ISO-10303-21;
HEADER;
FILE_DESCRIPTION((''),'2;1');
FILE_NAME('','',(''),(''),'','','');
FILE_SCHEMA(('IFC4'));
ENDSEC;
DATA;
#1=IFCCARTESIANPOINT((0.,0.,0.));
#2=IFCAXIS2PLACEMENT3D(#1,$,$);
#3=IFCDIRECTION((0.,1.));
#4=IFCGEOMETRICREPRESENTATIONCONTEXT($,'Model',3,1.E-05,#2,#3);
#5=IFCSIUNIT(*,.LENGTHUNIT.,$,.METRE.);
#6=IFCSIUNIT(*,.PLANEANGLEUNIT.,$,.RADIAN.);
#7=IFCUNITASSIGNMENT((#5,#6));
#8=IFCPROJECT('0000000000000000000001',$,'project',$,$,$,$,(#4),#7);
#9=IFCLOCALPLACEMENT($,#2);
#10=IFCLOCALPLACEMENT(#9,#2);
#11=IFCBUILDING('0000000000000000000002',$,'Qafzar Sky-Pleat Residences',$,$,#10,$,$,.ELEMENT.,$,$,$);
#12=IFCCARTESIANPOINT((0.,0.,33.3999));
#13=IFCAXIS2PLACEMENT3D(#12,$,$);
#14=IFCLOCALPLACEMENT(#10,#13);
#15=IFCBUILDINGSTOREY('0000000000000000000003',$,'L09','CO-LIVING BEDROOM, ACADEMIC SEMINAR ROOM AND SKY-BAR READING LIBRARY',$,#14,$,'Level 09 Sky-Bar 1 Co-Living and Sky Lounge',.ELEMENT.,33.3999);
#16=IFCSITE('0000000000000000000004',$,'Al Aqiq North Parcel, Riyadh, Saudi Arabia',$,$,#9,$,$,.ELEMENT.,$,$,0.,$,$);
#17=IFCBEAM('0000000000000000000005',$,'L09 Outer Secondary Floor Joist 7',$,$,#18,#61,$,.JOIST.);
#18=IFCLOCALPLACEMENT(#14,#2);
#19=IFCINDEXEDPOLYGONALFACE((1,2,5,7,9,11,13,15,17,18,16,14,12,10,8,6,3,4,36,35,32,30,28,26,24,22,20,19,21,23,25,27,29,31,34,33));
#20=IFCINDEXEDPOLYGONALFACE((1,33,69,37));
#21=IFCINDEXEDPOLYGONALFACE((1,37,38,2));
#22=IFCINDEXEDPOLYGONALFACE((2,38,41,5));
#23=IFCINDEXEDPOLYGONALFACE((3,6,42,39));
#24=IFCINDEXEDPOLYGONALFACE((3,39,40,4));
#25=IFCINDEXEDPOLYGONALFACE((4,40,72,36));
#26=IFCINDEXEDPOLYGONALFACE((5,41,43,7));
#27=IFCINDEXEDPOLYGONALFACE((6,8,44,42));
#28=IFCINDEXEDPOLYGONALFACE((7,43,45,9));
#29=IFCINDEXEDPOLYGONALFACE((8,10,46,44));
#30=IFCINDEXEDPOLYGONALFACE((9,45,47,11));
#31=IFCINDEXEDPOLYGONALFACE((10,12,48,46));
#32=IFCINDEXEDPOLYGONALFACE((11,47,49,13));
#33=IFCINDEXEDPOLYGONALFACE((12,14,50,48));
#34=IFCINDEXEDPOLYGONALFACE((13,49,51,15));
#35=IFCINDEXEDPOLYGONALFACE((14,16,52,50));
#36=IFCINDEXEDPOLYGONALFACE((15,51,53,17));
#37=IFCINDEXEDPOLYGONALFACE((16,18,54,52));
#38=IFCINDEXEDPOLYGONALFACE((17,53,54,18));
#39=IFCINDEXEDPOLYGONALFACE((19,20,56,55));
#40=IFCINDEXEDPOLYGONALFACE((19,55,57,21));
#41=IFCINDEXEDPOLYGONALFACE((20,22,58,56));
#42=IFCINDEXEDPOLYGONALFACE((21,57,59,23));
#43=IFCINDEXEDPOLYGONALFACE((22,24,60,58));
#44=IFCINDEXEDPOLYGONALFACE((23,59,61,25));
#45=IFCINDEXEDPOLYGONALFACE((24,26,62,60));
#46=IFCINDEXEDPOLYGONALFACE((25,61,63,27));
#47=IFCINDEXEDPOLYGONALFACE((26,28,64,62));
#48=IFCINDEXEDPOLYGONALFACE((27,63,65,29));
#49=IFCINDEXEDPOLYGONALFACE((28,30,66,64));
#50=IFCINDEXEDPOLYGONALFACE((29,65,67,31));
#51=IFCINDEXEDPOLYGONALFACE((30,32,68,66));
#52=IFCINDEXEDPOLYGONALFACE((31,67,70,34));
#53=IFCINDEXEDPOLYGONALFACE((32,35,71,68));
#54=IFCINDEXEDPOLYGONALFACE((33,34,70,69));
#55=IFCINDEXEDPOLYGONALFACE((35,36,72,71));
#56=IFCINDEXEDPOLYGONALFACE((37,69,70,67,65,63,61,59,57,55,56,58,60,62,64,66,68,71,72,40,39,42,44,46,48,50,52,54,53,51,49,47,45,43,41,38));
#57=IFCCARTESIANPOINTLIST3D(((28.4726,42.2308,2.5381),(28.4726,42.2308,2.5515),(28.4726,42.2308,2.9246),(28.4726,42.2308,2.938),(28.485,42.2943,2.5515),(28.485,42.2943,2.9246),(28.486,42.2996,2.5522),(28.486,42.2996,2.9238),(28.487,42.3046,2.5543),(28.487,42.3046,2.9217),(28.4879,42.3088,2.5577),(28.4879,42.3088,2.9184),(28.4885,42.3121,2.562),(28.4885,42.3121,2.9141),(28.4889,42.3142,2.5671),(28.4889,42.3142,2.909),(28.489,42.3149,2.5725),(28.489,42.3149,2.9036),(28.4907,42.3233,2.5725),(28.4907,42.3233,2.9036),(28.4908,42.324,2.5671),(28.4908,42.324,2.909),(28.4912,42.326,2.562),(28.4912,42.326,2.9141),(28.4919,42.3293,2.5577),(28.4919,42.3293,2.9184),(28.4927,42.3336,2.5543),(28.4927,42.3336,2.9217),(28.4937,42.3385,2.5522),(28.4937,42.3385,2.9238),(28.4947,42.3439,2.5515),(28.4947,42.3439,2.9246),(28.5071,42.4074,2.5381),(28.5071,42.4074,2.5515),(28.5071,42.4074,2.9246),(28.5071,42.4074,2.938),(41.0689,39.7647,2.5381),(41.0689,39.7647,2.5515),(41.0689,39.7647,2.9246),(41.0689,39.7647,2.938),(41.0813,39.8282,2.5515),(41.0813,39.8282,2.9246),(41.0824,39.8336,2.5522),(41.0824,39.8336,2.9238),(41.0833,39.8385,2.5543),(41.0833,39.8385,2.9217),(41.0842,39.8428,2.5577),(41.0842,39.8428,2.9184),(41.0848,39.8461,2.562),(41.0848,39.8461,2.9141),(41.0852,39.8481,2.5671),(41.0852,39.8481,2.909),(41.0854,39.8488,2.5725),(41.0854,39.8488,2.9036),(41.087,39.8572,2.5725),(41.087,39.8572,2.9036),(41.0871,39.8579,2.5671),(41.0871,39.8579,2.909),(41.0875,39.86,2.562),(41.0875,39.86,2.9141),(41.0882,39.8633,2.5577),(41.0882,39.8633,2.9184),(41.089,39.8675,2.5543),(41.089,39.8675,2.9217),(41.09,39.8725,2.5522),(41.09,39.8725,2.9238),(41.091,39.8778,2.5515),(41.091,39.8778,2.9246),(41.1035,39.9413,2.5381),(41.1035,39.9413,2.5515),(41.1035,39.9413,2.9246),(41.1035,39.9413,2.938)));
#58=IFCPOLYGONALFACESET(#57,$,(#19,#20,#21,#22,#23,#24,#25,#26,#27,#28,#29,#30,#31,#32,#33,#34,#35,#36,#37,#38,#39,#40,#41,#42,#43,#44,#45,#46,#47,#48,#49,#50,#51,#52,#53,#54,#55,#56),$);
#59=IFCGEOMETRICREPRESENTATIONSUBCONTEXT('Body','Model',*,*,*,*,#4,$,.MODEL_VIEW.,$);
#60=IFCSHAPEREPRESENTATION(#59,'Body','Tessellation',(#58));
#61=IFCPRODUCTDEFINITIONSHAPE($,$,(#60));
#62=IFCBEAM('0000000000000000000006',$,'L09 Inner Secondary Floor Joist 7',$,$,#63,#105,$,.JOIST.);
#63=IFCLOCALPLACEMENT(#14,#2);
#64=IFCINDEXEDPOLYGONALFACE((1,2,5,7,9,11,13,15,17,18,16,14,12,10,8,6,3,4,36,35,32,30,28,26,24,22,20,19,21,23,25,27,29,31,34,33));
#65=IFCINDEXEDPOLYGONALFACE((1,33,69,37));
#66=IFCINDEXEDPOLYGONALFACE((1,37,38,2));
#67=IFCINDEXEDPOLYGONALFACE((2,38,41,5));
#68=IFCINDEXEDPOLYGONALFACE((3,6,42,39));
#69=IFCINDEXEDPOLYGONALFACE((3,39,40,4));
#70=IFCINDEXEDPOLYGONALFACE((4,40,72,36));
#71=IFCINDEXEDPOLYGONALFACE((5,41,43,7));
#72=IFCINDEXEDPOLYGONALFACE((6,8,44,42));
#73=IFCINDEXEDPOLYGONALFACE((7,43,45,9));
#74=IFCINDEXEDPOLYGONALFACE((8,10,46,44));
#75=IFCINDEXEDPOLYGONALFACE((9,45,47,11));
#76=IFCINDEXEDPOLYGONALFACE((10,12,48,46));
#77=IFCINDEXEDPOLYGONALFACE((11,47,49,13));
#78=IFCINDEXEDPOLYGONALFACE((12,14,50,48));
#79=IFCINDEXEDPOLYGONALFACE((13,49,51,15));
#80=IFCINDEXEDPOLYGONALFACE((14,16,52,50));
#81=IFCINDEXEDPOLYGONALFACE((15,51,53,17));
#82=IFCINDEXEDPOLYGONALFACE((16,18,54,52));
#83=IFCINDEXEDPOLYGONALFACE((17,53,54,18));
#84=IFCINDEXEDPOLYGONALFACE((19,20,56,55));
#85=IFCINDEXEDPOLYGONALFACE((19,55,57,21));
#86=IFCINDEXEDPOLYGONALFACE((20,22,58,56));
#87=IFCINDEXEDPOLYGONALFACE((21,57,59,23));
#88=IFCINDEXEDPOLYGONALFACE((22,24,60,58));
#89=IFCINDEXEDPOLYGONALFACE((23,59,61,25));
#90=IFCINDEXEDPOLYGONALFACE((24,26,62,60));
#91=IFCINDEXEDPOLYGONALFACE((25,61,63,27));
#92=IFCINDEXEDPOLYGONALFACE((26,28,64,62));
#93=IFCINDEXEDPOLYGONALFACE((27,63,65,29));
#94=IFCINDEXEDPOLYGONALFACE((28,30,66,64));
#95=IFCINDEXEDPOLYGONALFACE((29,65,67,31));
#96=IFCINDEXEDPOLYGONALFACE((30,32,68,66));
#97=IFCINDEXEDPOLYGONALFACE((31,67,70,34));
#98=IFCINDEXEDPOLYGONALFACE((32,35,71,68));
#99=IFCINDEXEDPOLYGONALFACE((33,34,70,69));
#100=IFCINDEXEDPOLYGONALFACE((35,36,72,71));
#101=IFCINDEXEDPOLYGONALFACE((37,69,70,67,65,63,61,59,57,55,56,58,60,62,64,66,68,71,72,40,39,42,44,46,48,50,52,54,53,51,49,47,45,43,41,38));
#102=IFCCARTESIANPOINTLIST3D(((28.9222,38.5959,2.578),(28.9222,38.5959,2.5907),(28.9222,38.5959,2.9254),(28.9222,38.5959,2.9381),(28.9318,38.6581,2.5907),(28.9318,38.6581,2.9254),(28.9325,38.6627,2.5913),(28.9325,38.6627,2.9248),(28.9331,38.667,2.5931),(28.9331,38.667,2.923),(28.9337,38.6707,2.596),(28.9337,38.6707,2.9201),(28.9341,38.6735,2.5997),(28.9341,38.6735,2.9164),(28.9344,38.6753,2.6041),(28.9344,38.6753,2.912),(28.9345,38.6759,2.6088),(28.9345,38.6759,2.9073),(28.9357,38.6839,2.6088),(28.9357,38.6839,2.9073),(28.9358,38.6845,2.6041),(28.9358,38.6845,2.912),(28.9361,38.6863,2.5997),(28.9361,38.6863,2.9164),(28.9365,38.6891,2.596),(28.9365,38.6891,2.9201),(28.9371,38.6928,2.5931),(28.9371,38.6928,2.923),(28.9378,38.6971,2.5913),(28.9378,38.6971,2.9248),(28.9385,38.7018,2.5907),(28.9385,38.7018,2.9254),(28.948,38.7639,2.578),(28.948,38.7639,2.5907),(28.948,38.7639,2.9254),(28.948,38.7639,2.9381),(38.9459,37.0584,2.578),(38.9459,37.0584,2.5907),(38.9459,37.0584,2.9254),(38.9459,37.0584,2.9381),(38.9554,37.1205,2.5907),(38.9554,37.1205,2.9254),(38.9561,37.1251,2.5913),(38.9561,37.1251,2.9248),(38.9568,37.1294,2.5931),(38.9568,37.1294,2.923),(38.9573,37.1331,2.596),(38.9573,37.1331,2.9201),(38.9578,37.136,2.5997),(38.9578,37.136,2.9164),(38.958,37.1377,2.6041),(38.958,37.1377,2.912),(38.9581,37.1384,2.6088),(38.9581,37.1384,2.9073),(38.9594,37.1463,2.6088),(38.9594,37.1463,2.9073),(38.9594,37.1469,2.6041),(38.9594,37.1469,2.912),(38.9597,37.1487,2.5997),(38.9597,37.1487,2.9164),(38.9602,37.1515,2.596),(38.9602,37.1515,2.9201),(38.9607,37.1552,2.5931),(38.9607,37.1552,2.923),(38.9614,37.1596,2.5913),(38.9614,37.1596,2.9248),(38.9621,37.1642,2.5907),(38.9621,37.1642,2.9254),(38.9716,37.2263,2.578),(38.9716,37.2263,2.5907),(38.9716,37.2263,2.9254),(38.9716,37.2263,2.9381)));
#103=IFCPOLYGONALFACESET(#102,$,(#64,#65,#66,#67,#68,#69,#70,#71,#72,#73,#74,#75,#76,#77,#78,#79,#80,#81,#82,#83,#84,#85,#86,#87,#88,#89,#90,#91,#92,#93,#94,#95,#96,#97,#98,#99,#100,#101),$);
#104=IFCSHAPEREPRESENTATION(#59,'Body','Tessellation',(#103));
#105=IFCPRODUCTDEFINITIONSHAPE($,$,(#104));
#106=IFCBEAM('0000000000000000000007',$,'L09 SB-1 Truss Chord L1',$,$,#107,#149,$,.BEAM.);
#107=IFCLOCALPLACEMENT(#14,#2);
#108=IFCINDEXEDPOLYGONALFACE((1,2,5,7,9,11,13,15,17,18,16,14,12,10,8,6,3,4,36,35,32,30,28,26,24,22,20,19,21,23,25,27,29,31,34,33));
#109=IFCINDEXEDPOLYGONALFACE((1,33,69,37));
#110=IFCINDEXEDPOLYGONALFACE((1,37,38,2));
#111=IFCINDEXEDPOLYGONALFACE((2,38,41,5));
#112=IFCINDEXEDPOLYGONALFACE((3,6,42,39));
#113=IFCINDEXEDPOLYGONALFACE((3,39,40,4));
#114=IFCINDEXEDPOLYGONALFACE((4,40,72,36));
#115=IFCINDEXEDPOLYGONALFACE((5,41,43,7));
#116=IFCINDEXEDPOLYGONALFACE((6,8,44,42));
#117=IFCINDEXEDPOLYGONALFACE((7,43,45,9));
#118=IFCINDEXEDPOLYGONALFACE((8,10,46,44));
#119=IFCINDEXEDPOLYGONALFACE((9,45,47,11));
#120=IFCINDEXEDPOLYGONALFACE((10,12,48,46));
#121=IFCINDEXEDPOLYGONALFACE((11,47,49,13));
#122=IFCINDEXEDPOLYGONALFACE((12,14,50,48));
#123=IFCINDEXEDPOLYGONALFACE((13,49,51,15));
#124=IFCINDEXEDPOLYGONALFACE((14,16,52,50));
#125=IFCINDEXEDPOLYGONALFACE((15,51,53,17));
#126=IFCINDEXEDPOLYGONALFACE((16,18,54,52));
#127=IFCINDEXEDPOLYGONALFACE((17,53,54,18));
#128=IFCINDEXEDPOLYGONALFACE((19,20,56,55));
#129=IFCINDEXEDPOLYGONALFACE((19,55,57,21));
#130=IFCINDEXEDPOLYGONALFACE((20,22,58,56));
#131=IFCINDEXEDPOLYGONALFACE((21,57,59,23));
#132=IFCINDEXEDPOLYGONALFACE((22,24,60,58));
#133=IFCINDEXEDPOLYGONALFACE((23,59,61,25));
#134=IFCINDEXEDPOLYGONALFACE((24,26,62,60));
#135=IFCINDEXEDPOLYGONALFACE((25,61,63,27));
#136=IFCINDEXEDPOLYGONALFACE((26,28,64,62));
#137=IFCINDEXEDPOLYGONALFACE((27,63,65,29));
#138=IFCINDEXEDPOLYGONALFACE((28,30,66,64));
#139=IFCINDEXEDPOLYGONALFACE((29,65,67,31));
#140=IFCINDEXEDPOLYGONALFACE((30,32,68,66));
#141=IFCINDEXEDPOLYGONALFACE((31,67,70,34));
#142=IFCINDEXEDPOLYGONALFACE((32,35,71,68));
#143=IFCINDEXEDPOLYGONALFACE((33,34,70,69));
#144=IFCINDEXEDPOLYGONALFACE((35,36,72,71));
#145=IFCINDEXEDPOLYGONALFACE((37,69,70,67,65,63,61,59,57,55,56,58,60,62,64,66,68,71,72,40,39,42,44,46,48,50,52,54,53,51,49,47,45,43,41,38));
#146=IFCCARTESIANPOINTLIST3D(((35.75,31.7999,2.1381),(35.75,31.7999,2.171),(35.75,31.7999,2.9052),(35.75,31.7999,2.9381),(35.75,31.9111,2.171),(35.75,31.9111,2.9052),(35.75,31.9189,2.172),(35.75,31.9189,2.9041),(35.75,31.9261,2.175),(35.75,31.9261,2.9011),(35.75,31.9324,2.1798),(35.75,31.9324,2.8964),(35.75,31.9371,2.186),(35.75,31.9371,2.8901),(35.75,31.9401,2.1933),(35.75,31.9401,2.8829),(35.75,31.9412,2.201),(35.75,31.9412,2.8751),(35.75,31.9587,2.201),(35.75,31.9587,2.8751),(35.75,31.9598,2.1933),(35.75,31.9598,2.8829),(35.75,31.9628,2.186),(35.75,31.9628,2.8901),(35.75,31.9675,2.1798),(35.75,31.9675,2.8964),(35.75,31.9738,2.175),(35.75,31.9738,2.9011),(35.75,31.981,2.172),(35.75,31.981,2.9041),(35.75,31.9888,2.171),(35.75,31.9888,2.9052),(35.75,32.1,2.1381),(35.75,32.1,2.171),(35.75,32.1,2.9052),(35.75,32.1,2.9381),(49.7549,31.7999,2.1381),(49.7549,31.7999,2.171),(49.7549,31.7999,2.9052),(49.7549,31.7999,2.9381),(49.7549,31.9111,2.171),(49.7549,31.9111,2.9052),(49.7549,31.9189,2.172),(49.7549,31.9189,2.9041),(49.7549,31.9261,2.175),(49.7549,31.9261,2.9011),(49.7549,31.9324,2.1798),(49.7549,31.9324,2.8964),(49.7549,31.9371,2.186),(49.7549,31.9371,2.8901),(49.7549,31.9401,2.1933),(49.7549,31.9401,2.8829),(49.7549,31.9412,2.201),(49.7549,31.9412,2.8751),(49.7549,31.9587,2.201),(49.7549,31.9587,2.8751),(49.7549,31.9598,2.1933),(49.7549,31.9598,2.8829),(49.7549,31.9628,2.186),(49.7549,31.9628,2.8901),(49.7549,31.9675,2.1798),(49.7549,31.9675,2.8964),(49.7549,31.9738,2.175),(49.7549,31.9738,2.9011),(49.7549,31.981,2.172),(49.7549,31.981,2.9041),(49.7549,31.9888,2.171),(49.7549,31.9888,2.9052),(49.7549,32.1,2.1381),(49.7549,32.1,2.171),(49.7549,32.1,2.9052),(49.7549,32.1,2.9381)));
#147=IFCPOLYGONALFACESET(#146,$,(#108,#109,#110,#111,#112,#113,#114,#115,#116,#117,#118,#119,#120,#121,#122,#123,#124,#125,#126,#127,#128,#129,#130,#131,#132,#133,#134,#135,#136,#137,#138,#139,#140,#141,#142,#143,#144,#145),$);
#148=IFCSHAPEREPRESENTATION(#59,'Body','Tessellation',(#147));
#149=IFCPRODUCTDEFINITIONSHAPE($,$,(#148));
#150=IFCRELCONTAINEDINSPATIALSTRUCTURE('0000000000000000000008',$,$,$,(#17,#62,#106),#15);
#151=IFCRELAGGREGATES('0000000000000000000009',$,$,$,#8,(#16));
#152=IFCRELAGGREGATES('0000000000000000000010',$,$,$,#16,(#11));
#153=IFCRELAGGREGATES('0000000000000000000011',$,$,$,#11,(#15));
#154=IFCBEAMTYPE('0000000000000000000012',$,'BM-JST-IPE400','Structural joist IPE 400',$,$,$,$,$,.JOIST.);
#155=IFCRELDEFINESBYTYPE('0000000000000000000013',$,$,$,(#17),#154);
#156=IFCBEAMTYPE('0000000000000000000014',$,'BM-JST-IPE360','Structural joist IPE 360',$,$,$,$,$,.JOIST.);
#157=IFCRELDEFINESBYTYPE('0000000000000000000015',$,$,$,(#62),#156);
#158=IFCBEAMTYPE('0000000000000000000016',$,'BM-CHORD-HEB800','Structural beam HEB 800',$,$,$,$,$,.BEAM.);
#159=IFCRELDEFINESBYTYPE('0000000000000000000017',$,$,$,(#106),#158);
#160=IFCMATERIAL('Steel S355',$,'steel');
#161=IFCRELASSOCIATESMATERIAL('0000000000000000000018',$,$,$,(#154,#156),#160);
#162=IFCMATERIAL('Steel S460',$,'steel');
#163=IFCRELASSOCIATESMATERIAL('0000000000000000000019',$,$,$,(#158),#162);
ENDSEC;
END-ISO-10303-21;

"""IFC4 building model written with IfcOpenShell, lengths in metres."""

from ifc_helpers import new_model, si_unit, direction, frame, origin, origin_2d, place, context, subcontext, project, spatial, i_section, extrude, source, transform, mapped, material, material_profile, profile_set, type_object, element, save


model = new_model("IFC4")

# Units and contexts
model_context = context("Model", 3, precision=1e-05, world=origin(), true_north=direction((0.0, 1.0)))
body_context = subcontext(model_context, "Body", "Model", "MODEL_VIEW")
ifc_project = project(units=[si_unit("LENGTHUNIT", "METRE"), si_unit("PLANEANGLEUNIT", "RADIAN")], contexts=[model_context])

# Site, building, storey
site_placement = place(None, origin())
site = spatial("IfcSite", under=ifc_project, at=site_placement, Name="Al Aqiq North Parcel, Riyadh, Saudi Arabia", CompositionType="ELEMENT", RefElevation=0.0)
building_placement = place(site_placement, origin())
building = spatial("IfcBuilding", under=site, at=building_placement, Name="Qafzar Sky-Pleat Residences", CompositionType="ELEMENT")
storey_placement = place(building_placement, frame((0.0, 0.0, 33.3999)))
storey = spatial("IfcBuildingStorey", under=building, at=storey_placement, Name="L09", Description="CO-LIVING BEDROOM, ACADEMIC SEMINAR ROOM AND SKY-BAR READING LIBRARY", LongName="Level 09 Sky-Bar 1 Co-Living and Sky Lounge", CompositionType="ELEMENT", Elevation=33.3999)

# Beams
ifc_material_1 = material(Name="Steel S355", Category="steel")
ifc_material_profile_1 = material_profile(ifc_material_1, i_section(OverallWidth=0.1799, OverallDepth=0.3999, WebThickness=0.0085, FlangeThickness=0.0134, FilletRadius=0.021, at=origin_2d()), Name="IPE 400")
ifc_profile_set_1 = profile_set([ifc_material_profile_1], Name="Steel S355")
beam_type_1 = type_object("IfcBeamType", Name="BM-JST-IPE400", Description="Structural joist IPE 400", PredefinedType="JOIST", material=ifc_profile_set_1)
shared_shape_1 = source(origin(), body_context, "Body", "SweptSolid", [
    extrude(i_section(OverallWidth=0.1799, OverallDepth=0.3999, WebThickness=0.0085, FlangeThickness=0.0134, FilletRadius=0.021, at=origin_2d()), origin(), (0.0, 0.0, 1.0), 12.8354),
])
beam_1_placement = place(storey_placement, frame((41.0862, 39.853, 2.738), z_axis=(-0.98137, 0.192127, 0.0), x_axis=(-0.192127, -0.98137, 0.0)))
element("IfcBeam", 1, at=beam_1_placement, inside=storey, type_object=beam_type_1, Name="L09 Outer Secondary Floor Joist 7", PredefinedType="JOIST", context=body_context, shape_type="MappedRepresentation", body=[
    mapped(shared_shape_1, transform((0.0, 0.0, 0.0), x_axis=(1.0, 0.0, 0.0), y_axis=(0.0, 1.0, 0.0), z_axis=(0.0, 0.0, 1.0), scale=1.0)),
])
ifc_material_profile_2 = material_profile(ifc_material_1, i_section(OverallWidth=0.1699, OverallDepth=0.3601, WebThickness=0.0081, FlangeThickness=0.0127, FilletRadius=0.0181, at=origin_2d()), Name="IPE 360")
ifc_profile_set_2 = profile_set([ifc_material_profile_2], Name="Steel S355")
beam_type_2 = type_object("IfcBeamType", Name="BM-JST-IPE360", Description="Structural joist IPE 360", PredefinedType="JOIST", material=ifc_profile_set_2)
shared_shape_2 = source(origin(), body_context, "Body", "SweptSolid", [
    extrude(i_section(OverallWidth=0.1699, OverallDepth=0.3601, WebThickness=0.0081, FlangeThickness=0.0127, FilletRadius=0.0181, at=origin_2d()), origin(), (0.0, 0.0, 1.0), 10.1409),
])
beam_2_placement = place(storey_placement, frame((38.9587, 37.1423, 2.7581), z_axis=(-0.988438, 0.151623, 0.0), x_axis=(-0.151623, -0.988438, 0.0)))
element("IfcBeam", 2, at=beam_2_placement, inside=storey, type_object=beam_type_2, Name="L09 Inner Secondary Floor Joist 7", PredefinedType="JOIST", context=body_context, shape_type="MappedRepresentation", body=[
    mapped(shared_shape_2, transform((0.0, 0.0, 0.0), x_axis=(1.0, 0.0, 0.0), y_axis=(0.0, 1.0, 0.0), z_axis=(0.0, 0.0, 1.0), scale=1.0)),
])
ifc_material_2 = material(Name="Steel S460", Category="steel")
ifc_material_profile_3 = material_profile(ifc_material_2, i_section(OverallWidth=0.3, OverallDepth=0.8, WebThickness=0.0176, FlangeThickness=0.033, FilletRadius=0.03, at=origin_2d()), Name="HEB 800")
ifc_profile_set_3 = profile_set([ifc_material_profile_3], Name="Steel S460")
beam_type_3 = type_object("IfcBeamType", Name="BM-CHORD-HEB800", Description="Structural beam HEB 800", PredefinedType="BEAM", material=ifc_profile_set_3)
shared_shape_3 = source(origin(), body_context, "Body", "SweptSolid", [
    extrude(i_section(OverallWidth=0.3, OverallDepth=0.8, WebThickness=0.0176, FlangeThickness=0.033, FilletRadius=0.03, at=origin_2d()), origin(), (0.0, 0.0, 1.0), 14.0049),
])
beam_3_placement = place(storey_placement, frame((35.75, 31.95, 2.5381), z_axis=(1.0, 0.0, 0.0), x_axis=(0.0, 1.0, 0.0)))
element("IfcBeam", 3, at=beam_3_placement, inside=storey, type_object=beam_type_3, Name="L09 SB-1 Truss Chord L1", PredefinedType="BEAM", context=body_context, shape_type="MappedRepresentation", body=[
    mapped(shared_shape_3, transform((0.0, 0.0, 0.0), x_axis=(1.0, 0.0, 0.0), y_axis=(0.0, 1.0, 0.0), z_axis=(0.0, 0.0, 1.0), scale=1.0)),
])

save(model, "model.ifc")
